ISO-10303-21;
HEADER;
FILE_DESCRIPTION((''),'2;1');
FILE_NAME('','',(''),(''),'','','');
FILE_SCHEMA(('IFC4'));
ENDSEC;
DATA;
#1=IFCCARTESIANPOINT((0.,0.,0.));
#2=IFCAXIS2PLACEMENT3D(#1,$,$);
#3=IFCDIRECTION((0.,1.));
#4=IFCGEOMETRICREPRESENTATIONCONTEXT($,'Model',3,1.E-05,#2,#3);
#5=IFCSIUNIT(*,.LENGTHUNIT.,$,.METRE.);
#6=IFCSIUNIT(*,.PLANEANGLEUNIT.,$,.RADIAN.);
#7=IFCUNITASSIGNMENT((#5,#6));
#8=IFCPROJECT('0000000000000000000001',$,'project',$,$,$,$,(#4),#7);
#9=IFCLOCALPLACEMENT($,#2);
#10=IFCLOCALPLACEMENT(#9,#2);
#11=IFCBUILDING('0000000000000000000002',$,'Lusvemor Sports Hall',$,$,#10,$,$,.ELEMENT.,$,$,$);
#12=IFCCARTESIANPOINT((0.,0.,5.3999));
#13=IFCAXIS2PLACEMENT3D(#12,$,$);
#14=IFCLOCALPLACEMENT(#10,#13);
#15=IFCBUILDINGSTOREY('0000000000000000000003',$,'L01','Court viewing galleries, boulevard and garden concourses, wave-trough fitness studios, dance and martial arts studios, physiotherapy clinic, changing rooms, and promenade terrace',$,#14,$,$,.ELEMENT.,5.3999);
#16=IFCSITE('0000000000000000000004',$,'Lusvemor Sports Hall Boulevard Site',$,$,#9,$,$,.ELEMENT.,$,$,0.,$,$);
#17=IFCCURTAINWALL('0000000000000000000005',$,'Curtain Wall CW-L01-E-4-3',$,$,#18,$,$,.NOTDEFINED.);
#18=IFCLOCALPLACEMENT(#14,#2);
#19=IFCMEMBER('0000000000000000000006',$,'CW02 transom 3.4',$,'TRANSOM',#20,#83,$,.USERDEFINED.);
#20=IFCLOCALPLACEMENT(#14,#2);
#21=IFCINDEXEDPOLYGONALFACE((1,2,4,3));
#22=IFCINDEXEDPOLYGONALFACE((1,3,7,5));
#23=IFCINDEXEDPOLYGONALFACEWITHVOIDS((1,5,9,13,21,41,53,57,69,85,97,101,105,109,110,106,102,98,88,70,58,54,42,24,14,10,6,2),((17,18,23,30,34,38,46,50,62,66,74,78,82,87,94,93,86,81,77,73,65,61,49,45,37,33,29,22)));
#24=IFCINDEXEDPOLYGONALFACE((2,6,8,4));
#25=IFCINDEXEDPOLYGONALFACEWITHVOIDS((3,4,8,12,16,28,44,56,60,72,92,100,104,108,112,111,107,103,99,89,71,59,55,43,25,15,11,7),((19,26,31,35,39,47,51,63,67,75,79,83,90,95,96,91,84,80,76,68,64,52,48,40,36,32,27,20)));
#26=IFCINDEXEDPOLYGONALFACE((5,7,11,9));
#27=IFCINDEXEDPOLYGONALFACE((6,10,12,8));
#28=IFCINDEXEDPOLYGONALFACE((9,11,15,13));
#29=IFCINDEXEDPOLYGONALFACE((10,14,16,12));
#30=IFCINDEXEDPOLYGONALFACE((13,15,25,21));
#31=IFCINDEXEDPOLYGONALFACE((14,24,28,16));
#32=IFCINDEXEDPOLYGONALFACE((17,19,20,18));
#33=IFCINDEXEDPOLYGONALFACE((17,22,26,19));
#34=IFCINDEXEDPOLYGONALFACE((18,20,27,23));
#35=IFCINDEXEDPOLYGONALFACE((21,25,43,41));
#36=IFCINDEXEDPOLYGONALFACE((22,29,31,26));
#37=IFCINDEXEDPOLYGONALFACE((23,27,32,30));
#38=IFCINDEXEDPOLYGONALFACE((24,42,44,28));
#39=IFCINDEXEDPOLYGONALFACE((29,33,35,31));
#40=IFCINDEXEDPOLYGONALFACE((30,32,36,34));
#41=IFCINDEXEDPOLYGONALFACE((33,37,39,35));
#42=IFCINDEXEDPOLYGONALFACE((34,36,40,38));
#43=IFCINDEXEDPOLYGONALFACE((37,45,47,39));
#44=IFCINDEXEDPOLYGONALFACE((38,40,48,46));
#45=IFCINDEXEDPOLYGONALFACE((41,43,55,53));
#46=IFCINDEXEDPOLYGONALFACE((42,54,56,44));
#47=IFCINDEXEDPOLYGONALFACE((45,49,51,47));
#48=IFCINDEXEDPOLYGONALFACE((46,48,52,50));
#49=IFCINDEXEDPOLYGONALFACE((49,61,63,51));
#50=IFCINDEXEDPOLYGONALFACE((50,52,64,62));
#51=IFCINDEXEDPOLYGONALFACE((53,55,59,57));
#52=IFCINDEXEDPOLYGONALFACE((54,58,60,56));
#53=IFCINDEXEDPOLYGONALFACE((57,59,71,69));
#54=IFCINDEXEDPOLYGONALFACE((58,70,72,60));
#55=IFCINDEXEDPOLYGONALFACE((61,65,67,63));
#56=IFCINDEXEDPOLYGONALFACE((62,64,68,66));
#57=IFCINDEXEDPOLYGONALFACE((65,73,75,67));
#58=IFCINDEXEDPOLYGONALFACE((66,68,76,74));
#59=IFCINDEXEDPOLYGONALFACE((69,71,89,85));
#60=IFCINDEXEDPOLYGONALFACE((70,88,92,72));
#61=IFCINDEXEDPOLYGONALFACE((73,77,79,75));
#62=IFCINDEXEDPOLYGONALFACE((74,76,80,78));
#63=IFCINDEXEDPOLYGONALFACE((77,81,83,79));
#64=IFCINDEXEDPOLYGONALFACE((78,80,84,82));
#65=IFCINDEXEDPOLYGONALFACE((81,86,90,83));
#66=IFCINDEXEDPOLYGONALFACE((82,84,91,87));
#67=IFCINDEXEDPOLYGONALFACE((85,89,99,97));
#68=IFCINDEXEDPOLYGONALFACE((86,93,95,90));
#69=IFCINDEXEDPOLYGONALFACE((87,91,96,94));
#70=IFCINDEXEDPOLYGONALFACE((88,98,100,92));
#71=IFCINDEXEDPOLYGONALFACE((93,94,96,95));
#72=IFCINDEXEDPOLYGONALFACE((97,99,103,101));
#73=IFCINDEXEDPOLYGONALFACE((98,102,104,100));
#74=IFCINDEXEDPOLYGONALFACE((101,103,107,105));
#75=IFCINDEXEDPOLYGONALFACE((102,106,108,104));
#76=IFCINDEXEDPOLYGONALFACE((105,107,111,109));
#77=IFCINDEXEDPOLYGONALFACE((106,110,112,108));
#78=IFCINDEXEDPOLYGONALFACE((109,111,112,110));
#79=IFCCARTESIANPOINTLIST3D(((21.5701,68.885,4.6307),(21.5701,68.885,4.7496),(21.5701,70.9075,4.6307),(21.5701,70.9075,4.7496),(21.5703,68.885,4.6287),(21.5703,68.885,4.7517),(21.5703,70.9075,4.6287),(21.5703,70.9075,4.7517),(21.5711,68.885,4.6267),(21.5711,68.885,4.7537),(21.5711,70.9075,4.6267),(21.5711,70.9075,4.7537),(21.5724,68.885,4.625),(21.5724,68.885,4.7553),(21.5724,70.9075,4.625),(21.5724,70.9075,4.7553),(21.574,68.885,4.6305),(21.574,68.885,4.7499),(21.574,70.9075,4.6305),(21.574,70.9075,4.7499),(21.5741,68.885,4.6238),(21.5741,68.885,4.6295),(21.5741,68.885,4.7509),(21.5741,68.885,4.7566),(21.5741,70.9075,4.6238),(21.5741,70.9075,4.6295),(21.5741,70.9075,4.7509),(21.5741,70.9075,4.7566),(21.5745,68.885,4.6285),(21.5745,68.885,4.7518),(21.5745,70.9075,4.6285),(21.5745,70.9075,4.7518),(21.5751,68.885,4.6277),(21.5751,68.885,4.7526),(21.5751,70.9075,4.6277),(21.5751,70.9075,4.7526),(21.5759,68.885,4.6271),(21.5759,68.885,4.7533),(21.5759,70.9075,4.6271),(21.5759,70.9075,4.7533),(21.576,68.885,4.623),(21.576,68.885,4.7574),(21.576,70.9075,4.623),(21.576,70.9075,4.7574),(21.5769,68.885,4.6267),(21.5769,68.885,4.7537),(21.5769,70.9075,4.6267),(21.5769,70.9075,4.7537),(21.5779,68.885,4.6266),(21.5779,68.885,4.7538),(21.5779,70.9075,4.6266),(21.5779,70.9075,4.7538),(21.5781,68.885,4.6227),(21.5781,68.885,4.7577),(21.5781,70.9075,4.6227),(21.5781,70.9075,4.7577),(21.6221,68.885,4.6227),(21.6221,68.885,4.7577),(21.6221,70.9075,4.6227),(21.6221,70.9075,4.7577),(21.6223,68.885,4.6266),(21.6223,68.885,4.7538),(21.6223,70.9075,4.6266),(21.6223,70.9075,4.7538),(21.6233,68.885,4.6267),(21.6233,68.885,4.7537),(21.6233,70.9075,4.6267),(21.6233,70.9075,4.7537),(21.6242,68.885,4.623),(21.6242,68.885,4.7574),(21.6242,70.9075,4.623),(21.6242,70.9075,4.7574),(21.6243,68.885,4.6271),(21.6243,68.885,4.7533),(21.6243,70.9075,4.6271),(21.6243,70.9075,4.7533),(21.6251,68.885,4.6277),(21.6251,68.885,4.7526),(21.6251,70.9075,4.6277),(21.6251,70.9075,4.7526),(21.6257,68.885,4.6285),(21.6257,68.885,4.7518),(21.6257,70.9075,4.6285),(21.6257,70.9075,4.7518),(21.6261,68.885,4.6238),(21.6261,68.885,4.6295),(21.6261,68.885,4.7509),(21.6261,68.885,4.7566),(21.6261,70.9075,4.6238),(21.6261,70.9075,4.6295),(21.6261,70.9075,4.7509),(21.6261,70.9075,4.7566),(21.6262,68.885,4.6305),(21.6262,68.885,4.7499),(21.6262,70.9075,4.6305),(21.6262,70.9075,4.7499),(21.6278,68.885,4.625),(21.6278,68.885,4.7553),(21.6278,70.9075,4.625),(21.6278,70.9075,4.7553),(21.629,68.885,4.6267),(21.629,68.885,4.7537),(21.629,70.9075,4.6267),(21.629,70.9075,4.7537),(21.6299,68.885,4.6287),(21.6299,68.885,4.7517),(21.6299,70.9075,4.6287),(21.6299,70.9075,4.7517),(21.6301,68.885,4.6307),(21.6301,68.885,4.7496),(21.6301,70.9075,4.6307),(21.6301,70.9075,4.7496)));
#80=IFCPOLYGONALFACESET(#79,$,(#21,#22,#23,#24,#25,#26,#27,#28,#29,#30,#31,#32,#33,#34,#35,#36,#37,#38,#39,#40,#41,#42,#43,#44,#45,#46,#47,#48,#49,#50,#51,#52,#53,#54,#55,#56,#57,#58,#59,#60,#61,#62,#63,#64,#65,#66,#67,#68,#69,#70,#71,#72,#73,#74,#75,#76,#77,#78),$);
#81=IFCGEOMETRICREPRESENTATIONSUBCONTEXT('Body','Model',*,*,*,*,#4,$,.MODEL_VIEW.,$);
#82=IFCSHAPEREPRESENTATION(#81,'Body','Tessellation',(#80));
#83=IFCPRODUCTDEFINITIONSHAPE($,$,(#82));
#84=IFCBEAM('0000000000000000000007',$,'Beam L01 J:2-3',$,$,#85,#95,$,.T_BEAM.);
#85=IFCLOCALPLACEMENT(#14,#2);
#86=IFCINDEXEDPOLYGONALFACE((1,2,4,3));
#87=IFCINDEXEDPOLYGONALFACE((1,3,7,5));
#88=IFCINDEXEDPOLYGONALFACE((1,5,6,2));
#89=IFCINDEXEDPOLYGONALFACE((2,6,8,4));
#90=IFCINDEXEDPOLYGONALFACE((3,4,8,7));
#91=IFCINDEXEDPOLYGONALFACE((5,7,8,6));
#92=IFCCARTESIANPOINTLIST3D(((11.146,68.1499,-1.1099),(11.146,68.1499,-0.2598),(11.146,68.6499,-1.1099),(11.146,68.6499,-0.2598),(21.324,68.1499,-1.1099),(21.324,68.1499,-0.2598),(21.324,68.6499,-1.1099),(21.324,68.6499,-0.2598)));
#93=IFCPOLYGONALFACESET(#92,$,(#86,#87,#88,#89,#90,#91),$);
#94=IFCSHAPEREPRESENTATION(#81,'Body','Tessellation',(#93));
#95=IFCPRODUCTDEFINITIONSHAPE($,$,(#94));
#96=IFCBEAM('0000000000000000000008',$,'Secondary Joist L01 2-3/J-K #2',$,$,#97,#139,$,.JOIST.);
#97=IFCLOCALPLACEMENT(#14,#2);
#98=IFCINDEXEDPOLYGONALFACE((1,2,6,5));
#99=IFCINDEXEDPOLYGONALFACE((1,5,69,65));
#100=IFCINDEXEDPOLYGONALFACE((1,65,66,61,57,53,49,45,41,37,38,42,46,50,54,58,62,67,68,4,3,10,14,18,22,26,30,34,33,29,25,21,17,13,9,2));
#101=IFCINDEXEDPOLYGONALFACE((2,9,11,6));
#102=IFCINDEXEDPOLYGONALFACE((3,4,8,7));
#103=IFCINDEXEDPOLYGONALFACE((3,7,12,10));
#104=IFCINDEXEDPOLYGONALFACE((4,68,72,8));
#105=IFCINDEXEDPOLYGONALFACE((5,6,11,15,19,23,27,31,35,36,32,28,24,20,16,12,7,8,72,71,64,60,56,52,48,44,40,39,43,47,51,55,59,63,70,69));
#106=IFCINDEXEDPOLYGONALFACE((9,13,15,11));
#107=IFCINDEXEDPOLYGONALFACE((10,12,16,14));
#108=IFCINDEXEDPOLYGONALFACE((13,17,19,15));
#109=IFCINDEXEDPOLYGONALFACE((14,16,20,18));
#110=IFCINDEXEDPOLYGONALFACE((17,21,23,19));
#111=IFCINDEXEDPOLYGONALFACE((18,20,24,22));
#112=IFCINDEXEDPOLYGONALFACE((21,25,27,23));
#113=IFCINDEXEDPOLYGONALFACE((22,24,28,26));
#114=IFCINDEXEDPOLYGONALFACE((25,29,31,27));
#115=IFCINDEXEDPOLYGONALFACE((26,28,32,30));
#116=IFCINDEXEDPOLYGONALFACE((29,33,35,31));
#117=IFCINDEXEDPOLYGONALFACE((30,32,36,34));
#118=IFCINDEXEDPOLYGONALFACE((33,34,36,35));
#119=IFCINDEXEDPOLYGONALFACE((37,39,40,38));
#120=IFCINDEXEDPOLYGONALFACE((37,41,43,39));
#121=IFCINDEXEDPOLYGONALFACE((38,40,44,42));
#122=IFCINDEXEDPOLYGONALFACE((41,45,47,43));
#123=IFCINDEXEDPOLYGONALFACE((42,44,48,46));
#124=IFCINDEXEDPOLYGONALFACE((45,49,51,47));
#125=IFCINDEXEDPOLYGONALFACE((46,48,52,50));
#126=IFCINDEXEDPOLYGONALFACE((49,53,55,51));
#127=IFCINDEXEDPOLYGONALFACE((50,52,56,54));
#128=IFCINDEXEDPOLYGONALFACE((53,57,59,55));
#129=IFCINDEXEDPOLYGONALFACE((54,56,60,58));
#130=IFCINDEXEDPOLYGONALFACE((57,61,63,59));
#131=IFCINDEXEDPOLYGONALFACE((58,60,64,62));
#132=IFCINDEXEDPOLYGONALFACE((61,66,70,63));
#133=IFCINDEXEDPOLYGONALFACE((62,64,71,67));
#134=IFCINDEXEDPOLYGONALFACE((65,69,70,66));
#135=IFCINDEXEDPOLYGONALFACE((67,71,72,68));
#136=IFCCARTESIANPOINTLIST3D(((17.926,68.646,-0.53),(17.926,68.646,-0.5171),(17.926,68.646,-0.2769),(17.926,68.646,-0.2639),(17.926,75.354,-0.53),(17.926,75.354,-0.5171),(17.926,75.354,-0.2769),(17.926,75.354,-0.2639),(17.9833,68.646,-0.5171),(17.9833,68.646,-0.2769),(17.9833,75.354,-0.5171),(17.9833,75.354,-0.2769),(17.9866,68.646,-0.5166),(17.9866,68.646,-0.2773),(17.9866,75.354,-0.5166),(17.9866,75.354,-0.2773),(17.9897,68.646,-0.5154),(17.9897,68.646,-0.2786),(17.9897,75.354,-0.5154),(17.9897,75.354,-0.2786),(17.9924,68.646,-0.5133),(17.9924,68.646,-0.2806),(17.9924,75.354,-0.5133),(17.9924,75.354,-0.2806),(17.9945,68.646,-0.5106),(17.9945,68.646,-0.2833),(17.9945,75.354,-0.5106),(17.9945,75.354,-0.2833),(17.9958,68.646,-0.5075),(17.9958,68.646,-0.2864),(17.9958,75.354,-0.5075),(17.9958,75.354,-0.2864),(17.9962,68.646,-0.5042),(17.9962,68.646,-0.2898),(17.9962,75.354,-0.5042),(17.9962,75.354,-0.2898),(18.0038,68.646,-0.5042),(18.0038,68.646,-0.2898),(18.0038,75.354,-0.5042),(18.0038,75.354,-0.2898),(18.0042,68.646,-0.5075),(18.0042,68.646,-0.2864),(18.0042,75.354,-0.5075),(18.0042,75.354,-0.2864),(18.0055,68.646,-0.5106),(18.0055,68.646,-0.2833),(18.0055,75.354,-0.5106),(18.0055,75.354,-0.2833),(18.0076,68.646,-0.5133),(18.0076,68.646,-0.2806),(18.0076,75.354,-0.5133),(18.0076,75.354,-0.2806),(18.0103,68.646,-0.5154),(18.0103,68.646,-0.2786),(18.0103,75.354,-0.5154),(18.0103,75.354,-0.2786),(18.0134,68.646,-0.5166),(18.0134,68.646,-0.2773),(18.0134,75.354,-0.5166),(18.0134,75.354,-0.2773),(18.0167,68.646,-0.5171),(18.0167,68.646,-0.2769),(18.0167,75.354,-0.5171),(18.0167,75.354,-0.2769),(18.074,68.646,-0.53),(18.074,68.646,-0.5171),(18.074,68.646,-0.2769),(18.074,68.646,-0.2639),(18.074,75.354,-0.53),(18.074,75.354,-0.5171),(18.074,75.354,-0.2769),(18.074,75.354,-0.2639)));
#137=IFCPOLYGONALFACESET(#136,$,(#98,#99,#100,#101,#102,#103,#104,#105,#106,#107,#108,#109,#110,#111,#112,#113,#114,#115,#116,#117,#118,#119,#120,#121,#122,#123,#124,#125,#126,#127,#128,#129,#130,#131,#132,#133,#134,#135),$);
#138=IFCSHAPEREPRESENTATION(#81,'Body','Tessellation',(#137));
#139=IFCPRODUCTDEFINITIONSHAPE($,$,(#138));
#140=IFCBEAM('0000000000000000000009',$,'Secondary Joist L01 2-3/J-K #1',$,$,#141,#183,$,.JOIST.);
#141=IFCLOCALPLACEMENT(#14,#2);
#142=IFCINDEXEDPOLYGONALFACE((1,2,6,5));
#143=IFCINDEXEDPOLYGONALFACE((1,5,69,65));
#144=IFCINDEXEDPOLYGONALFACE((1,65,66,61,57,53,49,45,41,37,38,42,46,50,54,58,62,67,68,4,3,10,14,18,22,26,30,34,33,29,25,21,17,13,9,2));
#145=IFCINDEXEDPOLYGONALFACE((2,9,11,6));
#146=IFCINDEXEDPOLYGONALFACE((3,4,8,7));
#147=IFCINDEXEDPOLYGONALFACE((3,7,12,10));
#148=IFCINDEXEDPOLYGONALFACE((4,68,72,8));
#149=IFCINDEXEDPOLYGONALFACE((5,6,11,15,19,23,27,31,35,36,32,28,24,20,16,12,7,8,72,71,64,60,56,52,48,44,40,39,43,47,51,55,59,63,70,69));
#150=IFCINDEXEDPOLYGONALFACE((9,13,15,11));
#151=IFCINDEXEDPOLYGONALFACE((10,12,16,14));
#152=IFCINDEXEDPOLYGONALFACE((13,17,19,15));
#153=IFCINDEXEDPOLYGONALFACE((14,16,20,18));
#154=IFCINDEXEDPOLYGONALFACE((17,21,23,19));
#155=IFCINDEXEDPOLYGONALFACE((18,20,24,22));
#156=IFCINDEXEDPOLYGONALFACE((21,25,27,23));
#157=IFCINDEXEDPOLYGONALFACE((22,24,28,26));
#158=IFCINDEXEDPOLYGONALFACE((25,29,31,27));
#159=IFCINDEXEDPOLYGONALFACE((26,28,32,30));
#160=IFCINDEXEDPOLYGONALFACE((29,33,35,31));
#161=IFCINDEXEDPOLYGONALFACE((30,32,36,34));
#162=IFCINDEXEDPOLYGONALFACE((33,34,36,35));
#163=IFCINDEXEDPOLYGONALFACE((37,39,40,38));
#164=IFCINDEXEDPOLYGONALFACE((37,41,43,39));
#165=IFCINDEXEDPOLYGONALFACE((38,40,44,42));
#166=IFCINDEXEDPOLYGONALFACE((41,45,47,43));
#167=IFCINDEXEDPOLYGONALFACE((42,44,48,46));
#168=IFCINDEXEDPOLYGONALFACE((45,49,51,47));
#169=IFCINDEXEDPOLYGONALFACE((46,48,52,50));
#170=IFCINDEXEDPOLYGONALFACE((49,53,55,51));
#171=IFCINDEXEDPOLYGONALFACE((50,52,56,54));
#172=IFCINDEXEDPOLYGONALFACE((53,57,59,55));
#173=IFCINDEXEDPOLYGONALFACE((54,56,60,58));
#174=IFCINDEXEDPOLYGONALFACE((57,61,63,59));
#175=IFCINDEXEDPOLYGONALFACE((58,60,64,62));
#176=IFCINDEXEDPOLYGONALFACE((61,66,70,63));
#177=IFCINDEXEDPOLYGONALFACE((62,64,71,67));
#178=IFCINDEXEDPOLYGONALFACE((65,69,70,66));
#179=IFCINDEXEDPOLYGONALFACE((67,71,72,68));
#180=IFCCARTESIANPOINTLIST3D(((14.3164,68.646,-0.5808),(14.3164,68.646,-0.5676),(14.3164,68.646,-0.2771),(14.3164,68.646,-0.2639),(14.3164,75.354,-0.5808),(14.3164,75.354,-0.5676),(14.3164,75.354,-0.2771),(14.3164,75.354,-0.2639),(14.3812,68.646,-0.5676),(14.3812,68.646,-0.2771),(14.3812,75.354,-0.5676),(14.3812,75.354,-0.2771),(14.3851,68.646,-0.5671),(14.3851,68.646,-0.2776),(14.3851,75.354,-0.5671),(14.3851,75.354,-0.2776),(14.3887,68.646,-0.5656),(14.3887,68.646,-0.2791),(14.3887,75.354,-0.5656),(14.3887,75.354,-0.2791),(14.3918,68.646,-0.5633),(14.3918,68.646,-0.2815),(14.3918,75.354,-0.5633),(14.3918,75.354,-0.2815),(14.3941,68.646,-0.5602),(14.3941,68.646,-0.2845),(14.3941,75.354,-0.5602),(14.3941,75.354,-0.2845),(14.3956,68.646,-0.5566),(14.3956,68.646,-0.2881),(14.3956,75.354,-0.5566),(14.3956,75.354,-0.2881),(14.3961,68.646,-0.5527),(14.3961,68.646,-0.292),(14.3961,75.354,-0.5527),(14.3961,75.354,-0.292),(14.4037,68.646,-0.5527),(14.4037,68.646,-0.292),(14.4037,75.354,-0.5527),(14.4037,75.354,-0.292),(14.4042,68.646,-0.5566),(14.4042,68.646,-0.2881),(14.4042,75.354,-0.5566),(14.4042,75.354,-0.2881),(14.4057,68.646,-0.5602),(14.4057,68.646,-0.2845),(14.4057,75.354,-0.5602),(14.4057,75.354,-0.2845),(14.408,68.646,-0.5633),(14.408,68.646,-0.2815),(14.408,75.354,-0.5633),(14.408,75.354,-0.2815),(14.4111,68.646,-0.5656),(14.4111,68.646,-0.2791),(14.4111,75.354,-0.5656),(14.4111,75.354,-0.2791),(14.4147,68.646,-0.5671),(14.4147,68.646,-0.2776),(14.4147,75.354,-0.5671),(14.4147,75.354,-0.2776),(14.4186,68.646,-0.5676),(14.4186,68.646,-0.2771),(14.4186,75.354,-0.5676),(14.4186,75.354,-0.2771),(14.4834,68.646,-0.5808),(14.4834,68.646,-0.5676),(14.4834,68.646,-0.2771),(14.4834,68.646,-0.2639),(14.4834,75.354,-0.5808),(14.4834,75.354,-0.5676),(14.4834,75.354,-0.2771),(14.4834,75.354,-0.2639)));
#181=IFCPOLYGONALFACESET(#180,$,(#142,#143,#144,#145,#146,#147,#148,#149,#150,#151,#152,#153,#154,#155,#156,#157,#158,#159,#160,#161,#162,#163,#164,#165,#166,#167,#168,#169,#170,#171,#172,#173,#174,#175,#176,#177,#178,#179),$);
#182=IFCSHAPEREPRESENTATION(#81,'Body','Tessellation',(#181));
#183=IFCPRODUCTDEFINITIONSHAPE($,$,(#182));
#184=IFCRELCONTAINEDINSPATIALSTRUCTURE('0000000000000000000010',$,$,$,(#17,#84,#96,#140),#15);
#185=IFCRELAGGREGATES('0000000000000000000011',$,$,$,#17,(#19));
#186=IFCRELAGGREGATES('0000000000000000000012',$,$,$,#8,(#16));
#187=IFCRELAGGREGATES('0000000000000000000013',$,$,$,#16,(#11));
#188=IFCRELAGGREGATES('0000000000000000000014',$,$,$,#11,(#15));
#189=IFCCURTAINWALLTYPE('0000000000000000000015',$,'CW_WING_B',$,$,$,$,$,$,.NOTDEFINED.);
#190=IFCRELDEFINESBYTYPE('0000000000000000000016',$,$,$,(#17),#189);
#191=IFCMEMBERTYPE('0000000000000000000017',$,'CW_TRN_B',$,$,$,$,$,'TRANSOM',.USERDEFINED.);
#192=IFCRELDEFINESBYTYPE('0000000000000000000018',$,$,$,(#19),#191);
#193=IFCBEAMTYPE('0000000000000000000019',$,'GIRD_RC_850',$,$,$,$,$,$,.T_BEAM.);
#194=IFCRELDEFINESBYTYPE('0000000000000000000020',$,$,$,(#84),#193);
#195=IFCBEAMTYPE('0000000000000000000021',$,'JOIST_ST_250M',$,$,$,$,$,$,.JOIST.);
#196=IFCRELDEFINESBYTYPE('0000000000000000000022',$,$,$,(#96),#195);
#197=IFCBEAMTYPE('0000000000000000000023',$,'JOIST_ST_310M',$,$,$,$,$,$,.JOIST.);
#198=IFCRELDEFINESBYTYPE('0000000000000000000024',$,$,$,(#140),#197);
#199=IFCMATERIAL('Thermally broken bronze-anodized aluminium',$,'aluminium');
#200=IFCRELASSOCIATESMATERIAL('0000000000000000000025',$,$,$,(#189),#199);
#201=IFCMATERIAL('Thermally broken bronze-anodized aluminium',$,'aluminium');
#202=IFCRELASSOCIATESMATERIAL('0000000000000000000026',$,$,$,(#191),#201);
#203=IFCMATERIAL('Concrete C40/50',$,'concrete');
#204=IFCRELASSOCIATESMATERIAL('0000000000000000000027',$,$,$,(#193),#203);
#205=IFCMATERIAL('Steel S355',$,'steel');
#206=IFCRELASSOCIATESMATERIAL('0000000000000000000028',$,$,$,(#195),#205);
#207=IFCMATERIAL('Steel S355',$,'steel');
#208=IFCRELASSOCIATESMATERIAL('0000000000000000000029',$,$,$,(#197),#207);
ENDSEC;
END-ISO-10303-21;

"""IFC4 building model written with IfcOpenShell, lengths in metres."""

from ifc_helpers import new_model, si_unit, direction, frame, origin, origin_2d, place, context, subcontext, project, spatial, rectangle, hollow_rectangle, i_section, extrude, material, material_profile, profile_set, type_object, element, aggregate, save


model = new_model("IFC4")

# Units and contexts
model_context = context("Model", 3, precision=1e-05, world=origin(), true_north=direction((0.0, 1.0)))
body_context = subcontext(model_context, "Body", "Model", "MODEL_VIEW")
ifc_project = project(units=[si_unit("LENGTHUNIT", "METRE"), si_unit("PLANEANGLEUNIT", "RADIAN")], contexts=[model_context])

# Site, building, storey
site_placement = place(None, origin())
site = spatial("IfcSite", under=ifc_project, at=site_placement, Name="Lusvemor Sports Hall Boulevard Site", CompositionType="ELEMENT", RefElevation=0.0)
building_placement = place(site_placement, origin())
building = spatial("IfcBuilding", under=site, at=building_placement, Name="Lusvemor Sports Hall", CompositionType="ELEMENT")
storey_placement = place(building_placement, frame((0.0, 0.0, 5.3999)))
storey = spatial("IfcBuildingStorey", under=building, at=storey_placement, Name="L01", Description="Court viewing galleries, boulevard and garden concourses, wave-trough fitness studios, dance and martial arts studios, physiotherapy clinic, changing rooms, and promenade terrace", CompositionType="ELEMENT", Elevation=5.3999)

# Shared definitions
ifc_material_1 = material(Name="Thermally broken bronze-anodized aluminium", Category="aluminium")
curtain_wall_type = type_object("IfcCurtainWallType", Name="CW_WING_B", PredefinedType="NOTDEFINED", material=ifc_material_1)

# Curtain wall
curtain_wall_1_placement = place(storey_placement, origin())
curtain_wall_1 = element("IfcCurtainWall", 1, at=curtain_wall_1_placement, inside=storey, type_object=curtain_wall_type, Name="Curtain Wall CW-L01-E-4-3", PredefinedType="NOTDEFINED")

# Member
ifc_material_2 = material(Name="Thermally broken bronze-anodized aluminium", Category="aluminium")
ifc_material_profile_1 = material_profile(ifc_material_2, hollow_rectangle(XDim=0.0601, YDim=0.135, WallThickness=0.0039, InnerFilletRadius=0.0039, OuterFilletRadius=0.0081, at=origin_2d()), Name="CWTRN135x60x4")
ifc_profile_set_1 = profile_set([ifc_material_profile_1], Name="Thermally broken bronze-anodized aluminium")
member_type_1 = type_object("IfcMemberType", Name="CW_TRN_B", ElementType="TRANSOM", PredefinedType="USERDEFINED", material=ifc_profile_set_1)
member_1_placement = place(storey_placement, frame((21.6001, 70.9075, 4.6902), z_axis=(0.0, -1.0, 0.0), x_axis=(1.0, 0.0, 0.0)))
member_1 = element("IfcMember", 2, at=member_1_placement, type_object=member_type_1, Name="CW02 transom 3.4", ObjectType="TRANSOM", PredefinedType="USERDEFINED", context=body_context, shape_type="SweptSolid", body=[
    extrude(hollow_rectangle(XDim=0.0601, YDim=0.135, WallThickness=0.0039, InnerFilletRadius=0.0039, OuterFilletRadius=0.0081, at=origin_2d()), origin(), (0.0, 0.0, 1.0), 2.0225),
])

# Beams
ifc_material_3 = material(Name="Concrete C40/50", Category="concrete")
ifc_material_profile_2 = material_profile(ifc_material_3, rectangle(XDim=0.5, YDim=0.8501, at=origin_2d()), Name="RC500x850")
ifc_profile_set_2 = profile_set([ifc_material_profile_2], Name="Concrete C40/50")
beam_type_1 = type_object("IfcBeamType", Name="GIRD_RC_850", PredefinedType="T_BEAM", material=ifc_profile_set_2)
beam_1_placement = place(storey_placement, frame((11.146, 68.3999, -0.6848), z_axis=(1.0, 0.0, 0.0), x_axis=(0.0, 1.0, 0.0)))
element("IfcBeam", 3, at=beam_1_placement, inside=storey, type_object=beam_type_1, Name="Beam L01 J:2-3", PredefinedType="T_BEAM", context=body_context, shape_type="SweptSolid", body=[
    extrude(rectangle(XDim=0.5, YDim=0.8501, at=origin_2d()), origin(), (0.0, 0.0, 1.0), 10.178),
])
ifc_material_4 = material(Name="Steel S355", Category="steel")
ifc_material_profile_3 = material_profile(ifc_material_4, i_section(OverallWidth=0.1479, OverallDepth=0.2661, WebThickness=0.0076, FlangeThickness=0.0129, FilletRadius=0.0129, at=origin_2d()), Name="W250x44.8")
ifc_profile_set_3 = profile_set([ifc_material_profile_3], Name="Steel S355")
beam_type_2 = type_object("IfcBeamType", Name="JOIST_ST_250M", PredefinedType="JOIST", material=ifc_profile_set_3)
beam_2_placement = place(storey_placement, frame((18.0, 68.646, -0.397), z_axis=(0.0, 1.0, 0.0), x_axis=(-1.0, 0.0, 0.0)))
element("IfcBeam", 4, at=beam_2_placement, inside=storey, type_object=beam_type_2, Name="Secondary Joist L01 2-3/J-K #2", PredefinedType="JOIST", context=body_context, shape_type="SweptSolid", body=[
    extrude(i_section(OverallWidth=0.1479, OverallDepth=0.2661, WebThickness=0.0076, FlangeThickness=0.0129, FilletRadius=0.0129, at=origin_2d()), origin(), (0.0, 0.0, 1.0), 6.708),
])
ifc_material_5 = material(Name="Steel S355", Category="steel")
ifc_material_profile_4 = material_profile(ifc_material_5, i_section(OverallWidth=0.167, OverallDepth=0.3169, WebThickness=0.0076, FlangeThickness=0.0132, FilletRadius=0.0149, at=origin_2d()), Name="W310x52.0")
ifc_profile_set_4 = profile_set([ifc_material_profile_4], Name="Steel S355")
beam_type_3 = type_object("IfcBeamType", Name="JOIST_ST_310M", PredefinedType="JOIST", material=ifc_profile_set_4)
beam_3_placement = place(storey_placement, frame((14.3999, 68.646, -0.4224), z_axis=(0.0, 1.0, 0.0), x_axis=(-1.0, 0.0, 0.0)))
element("IfcBeam", 5, at=beam_3_placement, inside=storey, type_object=beam_type_3, Name="Secondary Joist L01 2-3/J-K #1", PredefinedType="JOIST", context=body_context, shape_type="SweptSolid", body=[
    extrude(i_section(OverallWidth=0.167, OverallDepth=0.3169, WebThickness=0.0076, FlangeThickness=0.0132, FilletRadius=0.0149, at=origin_2d()), origin(), (0.0, 0.0, 1.0), 6.708),
])

aggregate(curtain_wall_1, [member_1])

save(model, "model.ifc")
